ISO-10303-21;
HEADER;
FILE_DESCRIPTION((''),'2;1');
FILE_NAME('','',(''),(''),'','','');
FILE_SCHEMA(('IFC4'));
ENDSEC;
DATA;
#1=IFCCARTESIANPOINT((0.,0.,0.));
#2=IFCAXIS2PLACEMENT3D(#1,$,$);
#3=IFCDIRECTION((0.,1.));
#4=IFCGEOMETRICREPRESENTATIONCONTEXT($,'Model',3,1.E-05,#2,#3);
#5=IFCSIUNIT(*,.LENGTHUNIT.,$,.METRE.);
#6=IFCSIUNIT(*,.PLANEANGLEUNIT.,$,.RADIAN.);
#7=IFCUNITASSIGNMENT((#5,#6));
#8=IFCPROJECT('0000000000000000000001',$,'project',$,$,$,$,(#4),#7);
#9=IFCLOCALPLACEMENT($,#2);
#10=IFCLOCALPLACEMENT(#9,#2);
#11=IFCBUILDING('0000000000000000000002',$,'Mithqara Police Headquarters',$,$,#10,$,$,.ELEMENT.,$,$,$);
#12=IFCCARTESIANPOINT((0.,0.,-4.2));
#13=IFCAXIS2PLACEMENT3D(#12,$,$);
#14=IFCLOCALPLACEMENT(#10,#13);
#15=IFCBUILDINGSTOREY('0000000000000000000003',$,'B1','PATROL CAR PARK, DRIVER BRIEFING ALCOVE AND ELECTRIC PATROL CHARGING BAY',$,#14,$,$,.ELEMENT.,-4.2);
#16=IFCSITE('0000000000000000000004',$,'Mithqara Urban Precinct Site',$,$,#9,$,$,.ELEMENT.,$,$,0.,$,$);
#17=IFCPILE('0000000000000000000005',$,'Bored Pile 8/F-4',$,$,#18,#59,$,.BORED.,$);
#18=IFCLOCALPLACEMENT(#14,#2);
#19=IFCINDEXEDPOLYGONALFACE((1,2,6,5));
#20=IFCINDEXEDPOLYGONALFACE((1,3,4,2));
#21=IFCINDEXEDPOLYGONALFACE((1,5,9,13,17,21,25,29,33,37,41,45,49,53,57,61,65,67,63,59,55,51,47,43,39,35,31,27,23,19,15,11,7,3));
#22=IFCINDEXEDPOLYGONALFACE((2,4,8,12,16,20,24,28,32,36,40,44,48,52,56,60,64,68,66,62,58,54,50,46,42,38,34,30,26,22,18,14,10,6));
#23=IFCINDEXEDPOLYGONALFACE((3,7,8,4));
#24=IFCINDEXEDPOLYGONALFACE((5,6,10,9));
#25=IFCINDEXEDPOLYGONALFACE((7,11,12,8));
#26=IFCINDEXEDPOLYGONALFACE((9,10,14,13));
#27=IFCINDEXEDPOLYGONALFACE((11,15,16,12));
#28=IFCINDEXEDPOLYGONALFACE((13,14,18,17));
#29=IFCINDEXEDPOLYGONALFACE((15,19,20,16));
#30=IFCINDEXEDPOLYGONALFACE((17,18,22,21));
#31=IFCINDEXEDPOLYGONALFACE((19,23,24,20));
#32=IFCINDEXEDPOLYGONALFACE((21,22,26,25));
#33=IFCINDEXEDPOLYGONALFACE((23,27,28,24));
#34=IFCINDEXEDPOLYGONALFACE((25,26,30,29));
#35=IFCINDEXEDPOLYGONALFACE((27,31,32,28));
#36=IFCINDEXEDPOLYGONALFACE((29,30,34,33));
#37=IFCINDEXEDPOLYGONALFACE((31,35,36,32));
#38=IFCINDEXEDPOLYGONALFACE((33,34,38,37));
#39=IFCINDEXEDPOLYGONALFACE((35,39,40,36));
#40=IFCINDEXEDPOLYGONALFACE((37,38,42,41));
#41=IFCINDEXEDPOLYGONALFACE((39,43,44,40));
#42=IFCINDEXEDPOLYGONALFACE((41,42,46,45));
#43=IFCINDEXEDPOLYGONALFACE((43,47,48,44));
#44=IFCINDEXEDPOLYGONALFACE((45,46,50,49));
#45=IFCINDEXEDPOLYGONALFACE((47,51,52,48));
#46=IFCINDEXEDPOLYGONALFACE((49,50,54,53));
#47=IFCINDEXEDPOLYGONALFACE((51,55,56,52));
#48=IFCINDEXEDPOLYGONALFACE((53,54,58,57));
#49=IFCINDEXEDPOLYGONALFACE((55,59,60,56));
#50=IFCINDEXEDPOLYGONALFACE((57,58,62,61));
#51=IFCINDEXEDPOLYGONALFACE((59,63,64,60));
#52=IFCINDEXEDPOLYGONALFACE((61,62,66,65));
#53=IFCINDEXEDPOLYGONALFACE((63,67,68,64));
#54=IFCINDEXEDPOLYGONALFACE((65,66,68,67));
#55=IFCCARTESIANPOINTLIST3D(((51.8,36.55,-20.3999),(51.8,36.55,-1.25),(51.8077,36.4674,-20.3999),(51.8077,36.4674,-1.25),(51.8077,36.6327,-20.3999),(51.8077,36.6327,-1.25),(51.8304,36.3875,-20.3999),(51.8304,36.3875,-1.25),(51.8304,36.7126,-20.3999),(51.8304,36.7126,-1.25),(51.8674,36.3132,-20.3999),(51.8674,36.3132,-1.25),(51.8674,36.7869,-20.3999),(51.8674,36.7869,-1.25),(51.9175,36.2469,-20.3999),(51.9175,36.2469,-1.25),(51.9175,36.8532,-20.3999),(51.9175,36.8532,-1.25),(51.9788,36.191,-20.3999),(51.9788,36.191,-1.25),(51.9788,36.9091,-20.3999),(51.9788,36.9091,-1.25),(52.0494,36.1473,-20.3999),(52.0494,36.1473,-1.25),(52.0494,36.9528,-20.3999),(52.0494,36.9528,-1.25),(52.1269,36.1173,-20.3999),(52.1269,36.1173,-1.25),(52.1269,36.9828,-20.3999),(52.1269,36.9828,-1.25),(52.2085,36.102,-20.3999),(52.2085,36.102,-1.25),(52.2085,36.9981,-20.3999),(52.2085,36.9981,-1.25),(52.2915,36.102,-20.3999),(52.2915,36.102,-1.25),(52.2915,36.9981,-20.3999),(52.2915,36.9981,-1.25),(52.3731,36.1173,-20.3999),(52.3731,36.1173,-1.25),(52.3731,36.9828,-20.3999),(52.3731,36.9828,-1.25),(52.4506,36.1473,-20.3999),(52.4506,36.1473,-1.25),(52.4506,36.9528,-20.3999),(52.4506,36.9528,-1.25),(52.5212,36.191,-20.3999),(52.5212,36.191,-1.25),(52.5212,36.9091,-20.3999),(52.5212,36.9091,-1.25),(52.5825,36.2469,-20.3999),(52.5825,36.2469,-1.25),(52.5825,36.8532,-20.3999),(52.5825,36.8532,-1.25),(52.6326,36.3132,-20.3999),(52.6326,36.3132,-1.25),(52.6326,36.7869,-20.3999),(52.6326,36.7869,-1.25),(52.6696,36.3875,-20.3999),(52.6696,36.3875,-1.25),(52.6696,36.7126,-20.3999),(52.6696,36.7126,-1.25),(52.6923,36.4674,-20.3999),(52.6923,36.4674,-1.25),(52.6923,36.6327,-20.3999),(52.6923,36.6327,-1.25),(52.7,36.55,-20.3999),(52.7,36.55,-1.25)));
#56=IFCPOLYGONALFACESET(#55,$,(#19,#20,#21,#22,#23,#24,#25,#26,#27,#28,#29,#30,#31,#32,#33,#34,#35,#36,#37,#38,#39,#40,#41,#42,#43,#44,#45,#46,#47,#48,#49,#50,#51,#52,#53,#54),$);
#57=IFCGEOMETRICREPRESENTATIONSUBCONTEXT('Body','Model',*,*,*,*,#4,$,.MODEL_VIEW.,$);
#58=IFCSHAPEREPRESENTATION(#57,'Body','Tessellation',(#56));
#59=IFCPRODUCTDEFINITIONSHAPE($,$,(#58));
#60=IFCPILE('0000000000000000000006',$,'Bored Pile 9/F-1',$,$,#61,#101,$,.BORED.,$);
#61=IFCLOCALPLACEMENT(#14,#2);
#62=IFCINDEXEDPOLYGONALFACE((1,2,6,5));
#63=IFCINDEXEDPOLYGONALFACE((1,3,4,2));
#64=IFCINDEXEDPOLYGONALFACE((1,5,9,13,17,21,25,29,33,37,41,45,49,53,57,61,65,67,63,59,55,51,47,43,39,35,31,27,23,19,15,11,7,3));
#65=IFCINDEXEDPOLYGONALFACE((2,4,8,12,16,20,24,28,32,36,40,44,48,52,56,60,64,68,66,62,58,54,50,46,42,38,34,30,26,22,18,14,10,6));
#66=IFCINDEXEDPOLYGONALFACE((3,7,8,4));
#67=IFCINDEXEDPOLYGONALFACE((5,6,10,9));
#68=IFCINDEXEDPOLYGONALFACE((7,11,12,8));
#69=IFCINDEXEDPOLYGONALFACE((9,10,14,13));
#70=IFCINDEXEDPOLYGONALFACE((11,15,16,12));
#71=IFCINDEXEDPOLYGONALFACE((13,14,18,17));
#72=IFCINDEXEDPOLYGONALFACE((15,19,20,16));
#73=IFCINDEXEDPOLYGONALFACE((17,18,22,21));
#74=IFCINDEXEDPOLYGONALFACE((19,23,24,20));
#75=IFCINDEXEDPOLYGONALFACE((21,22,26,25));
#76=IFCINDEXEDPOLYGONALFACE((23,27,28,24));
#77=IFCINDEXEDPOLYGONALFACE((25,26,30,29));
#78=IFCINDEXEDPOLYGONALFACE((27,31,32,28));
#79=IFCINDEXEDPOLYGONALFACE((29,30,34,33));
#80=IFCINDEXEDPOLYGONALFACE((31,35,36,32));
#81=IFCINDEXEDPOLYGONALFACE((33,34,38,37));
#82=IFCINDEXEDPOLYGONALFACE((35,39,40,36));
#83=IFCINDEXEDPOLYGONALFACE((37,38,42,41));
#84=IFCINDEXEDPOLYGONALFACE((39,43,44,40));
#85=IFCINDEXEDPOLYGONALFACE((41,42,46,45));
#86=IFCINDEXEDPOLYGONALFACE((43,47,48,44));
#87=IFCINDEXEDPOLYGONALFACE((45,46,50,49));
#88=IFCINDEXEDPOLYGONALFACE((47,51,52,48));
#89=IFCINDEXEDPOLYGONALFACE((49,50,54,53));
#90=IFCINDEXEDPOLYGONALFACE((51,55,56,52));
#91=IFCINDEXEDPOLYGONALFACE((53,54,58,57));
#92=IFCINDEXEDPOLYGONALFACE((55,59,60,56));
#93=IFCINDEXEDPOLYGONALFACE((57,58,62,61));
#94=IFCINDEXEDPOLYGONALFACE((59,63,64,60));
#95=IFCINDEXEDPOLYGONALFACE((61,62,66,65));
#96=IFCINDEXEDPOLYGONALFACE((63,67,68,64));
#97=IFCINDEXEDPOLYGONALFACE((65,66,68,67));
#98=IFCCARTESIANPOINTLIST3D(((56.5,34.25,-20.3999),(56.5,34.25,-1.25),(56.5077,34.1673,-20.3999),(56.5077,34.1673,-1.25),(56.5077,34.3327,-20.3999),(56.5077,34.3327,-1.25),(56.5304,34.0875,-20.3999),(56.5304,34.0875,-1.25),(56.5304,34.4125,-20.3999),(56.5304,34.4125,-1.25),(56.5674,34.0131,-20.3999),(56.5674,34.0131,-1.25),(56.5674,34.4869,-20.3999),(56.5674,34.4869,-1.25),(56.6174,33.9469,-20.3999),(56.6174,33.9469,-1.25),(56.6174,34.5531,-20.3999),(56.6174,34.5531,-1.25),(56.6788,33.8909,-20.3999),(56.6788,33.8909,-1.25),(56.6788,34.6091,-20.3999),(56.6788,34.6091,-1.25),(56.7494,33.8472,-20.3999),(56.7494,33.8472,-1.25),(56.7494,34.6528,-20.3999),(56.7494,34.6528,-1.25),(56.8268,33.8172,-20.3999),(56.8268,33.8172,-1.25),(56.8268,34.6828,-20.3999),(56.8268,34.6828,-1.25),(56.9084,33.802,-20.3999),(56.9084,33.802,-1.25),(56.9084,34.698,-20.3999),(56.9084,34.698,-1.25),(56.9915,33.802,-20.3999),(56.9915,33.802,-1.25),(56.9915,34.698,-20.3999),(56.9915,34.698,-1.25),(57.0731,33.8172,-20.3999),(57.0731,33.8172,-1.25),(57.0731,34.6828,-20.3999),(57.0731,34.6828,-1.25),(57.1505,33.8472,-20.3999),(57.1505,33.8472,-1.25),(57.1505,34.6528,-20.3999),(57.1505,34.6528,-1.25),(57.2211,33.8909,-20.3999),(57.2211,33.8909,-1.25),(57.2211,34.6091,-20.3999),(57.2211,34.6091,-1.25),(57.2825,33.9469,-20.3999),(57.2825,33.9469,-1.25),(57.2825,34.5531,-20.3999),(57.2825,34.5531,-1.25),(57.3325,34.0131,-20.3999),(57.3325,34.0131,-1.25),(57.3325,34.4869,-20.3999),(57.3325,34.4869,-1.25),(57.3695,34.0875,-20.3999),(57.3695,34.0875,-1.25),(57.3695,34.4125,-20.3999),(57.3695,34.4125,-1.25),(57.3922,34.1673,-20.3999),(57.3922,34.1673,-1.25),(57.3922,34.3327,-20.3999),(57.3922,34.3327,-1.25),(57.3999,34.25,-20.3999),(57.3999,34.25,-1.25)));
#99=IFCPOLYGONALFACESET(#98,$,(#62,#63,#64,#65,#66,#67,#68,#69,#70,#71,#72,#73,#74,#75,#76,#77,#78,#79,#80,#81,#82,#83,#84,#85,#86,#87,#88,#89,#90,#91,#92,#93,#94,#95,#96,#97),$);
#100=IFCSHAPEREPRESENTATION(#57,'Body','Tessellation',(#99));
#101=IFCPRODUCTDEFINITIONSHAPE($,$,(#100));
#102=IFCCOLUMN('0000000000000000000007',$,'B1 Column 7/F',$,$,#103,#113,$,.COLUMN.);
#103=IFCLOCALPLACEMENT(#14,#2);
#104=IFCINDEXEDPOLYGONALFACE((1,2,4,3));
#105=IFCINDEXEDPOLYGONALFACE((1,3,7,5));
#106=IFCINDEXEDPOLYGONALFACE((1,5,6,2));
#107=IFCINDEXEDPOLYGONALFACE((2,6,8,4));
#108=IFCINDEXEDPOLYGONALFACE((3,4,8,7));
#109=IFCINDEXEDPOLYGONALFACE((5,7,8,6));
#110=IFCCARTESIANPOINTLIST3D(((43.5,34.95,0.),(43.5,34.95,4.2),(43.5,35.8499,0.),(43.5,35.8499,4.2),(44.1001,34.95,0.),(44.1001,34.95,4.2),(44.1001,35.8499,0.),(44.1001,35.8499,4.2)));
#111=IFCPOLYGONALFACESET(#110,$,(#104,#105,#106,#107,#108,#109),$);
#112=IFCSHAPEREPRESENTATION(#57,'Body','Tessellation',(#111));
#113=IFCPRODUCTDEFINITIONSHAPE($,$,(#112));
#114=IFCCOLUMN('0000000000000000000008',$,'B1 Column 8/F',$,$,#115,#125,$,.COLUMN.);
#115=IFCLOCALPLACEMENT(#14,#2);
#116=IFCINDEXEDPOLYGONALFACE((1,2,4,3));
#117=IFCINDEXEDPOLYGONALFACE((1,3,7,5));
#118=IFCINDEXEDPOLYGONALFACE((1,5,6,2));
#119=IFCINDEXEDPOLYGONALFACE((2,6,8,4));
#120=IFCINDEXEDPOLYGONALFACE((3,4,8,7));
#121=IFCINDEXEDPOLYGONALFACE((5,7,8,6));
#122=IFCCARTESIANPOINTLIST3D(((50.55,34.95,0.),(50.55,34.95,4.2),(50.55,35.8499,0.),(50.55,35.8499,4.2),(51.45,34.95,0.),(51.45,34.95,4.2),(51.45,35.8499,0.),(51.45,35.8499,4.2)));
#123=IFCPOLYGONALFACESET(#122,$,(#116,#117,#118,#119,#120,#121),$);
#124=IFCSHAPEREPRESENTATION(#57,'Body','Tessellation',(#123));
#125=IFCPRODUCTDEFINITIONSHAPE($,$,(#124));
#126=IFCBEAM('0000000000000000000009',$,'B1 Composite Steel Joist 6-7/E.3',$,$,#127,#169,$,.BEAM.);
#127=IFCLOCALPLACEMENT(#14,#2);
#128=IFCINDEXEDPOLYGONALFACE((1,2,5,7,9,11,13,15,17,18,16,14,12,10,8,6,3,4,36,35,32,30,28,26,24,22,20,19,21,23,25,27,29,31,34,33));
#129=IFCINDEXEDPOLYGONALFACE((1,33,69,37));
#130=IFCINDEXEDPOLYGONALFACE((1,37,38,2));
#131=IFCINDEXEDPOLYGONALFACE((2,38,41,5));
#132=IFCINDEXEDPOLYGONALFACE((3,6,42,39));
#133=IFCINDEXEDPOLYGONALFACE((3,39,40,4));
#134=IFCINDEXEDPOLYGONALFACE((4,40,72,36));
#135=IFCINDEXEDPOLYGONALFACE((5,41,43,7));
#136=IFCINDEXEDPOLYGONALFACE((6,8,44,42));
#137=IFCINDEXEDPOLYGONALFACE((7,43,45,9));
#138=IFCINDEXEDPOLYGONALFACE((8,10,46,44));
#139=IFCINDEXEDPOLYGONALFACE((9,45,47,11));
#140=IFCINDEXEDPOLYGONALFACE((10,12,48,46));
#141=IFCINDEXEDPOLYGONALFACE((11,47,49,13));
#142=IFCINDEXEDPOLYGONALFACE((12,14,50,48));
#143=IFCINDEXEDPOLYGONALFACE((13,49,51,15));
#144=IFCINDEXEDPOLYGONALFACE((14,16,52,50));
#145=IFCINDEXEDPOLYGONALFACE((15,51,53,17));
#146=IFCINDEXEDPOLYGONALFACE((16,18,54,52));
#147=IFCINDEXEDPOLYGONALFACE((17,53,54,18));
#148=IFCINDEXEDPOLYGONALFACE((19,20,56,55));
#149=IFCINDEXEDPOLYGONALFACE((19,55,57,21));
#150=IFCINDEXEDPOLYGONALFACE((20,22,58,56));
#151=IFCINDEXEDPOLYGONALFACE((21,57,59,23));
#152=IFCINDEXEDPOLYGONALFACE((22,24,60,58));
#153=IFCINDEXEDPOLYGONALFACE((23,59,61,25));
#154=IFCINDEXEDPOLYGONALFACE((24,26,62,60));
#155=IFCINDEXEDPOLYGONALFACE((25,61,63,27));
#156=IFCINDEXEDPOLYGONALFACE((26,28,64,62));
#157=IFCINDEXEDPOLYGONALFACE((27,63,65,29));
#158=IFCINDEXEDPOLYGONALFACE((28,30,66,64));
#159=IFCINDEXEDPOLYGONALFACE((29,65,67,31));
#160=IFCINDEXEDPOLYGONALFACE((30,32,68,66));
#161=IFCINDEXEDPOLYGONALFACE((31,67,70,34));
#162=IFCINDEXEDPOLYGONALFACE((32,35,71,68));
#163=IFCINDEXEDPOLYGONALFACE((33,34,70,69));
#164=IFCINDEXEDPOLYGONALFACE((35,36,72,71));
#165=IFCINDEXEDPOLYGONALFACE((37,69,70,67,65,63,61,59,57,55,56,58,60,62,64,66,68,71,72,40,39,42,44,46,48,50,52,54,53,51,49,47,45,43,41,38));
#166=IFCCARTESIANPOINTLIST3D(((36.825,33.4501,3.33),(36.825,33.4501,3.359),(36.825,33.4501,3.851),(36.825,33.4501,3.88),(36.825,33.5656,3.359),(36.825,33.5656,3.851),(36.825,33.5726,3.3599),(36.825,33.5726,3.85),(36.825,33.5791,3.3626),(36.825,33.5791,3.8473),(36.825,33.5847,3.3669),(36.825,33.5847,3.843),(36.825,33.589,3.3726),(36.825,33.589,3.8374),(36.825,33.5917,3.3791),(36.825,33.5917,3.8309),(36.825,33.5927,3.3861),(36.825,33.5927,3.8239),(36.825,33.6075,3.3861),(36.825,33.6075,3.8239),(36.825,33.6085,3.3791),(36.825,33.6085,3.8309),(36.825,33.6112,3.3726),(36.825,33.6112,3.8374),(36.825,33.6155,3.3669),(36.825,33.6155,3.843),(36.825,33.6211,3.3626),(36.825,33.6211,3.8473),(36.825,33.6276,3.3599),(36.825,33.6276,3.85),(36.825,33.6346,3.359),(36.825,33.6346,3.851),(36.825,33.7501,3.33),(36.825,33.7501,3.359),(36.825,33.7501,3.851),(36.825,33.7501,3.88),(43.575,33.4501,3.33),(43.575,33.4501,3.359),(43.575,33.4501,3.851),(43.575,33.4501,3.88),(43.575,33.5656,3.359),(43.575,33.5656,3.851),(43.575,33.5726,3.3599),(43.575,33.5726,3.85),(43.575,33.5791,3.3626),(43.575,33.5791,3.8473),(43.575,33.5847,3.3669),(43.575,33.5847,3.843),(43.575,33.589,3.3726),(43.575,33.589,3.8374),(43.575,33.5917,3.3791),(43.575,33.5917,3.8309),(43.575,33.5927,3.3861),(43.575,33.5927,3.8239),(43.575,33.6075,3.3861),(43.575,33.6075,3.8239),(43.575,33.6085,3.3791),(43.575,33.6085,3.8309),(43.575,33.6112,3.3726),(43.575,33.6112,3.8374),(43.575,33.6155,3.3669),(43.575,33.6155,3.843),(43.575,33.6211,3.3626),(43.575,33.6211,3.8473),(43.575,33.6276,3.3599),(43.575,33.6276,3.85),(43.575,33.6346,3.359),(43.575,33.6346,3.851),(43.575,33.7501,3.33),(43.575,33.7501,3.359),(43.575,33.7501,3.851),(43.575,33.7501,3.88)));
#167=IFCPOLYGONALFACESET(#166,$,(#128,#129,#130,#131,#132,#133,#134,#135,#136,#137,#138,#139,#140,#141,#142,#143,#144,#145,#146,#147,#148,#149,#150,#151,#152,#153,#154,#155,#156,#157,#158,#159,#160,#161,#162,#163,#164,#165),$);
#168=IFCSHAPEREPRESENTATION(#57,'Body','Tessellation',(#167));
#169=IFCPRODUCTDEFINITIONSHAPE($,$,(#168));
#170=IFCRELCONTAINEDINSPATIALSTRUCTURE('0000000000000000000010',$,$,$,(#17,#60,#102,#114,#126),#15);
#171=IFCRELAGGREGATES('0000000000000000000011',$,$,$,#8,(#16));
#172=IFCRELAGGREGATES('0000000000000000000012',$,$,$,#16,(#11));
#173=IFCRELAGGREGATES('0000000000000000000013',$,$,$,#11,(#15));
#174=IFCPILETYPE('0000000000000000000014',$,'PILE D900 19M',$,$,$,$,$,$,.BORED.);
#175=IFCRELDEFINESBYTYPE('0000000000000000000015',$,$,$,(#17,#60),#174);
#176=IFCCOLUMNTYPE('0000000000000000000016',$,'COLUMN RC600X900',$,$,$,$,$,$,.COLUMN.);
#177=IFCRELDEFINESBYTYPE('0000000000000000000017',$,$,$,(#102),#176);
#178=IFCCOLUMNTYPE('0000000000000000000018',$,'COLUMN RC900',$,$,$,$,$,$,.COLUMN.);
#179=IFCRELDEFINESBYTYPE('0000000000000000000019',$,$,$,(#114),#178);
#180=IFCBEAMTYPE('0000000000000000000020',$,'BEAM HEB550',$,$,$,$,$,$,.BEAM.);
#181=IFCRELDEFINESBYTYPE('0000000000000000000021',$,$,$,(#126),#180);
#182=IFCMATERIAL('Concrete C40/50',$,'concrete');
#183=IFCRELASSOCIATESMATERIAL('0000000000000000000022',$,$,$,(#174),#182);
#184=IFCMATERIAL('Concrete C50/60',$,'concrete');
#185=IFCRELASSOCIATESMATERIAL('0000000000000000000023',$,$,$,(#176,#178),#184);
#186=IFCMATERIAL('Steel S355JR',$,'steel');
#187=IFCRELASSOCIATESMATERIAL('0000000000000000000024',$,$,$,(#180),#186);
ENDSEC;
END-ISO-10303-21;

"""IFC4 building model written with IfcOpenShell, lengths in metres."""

from ifc_helpers import new_model, si_unit, direction, frame, origin, origin_2d, place, context, subcontext, project, spatial, rectangle, circle, i_section, extrude, material, material_profile, profile_set, type_object, element, save


model = new_model("IFC4")

# Units and contexts
model_context = context("Model", 3, precision=1e-05, world=origin(), true_north=direction((0.0, 1.0)))
body_context = subcontext(model_context, "Body", "Model", "MODEL_VIEW")
ifc_project = project(units=[si_unit("LENGTHUNIT", "METRE"), si_unit("PLANEANGLEUNIT", "RADIAN")], contexts=[model_context])

# Site, building, storey
site_placement = place(None, origin())
site = spatial("IfcSite", under=ifc_project, at=site_placement, Name="Mithqara Urban Precinct Site", CompositionType="ELEMENT", RefElevation=0.0)
building_placement = place(site_placement, origin())
building = spatial("IfcBuilding", under=site, at=building_placement, Name="Mithqara Police Headquarters", CompositionType="ELEMENT")
storey_placement = place(building_placement, frame((0.0, 0.0, -4.2)))
storey = spatial("IfcBuildingStorey", under=building, at=storey_placement, Name="B1", Description="PATROL CAR PARK, DRIVER BRIEFING ALCOVE AND ELECTRIC PATROL CHARGING BAY", CompositionType="ELEMENT", Elevation=-4.2)

# Shared definitions
ifc_material_1 = material(Name="Concrete C40/50", Category="concrete")

# Piles
ifc_material_profile_1 = material_profile(ifc_material_1, circle(Radius=0.45, at=origin_2d()), Name="PILE D900")
ifc_profile_set_1 = profile_set([ifc_material_profile_1], Name="Concrete C40/50")
pile_type = type_object("IfcPileType", Name="PILE D900 19M", PredefinedType="BORED", material=ifc_profile_set_1)
for number, where, z_axis, x_axis, name in (
    (1, (52.25, 36.55, -1.25), (0.0, 0.0, -1.0), (1.0, 0.0, 0.0), "Bored Pile 8/F-4"),
    (2, (56.95, 34.25, -1.25), (0.0, 0.0, -1.0), (1.0, 0.0, 0.0), "Bored Pile 9/F-1"),
):
    element("IfcPile", number, at=place(storey_placement, frame(where, z_axis=z_axis, x_axis=x_axis)), inside=storey, type_object=pile_type, Name=name, PredefinedType="BORED", context=body_context, shape_type="SweptSolid", body=[
        extrude(circle(Radius=0.45, at=origin_2d()), origin(), (0.0, 0.0, 1.0), 19.1499),
    ])

# Columns
ifc_material_2 = material(Name="Concrete C50/60", Category="concrete")
ifc_material_profile_2 = material_profile(ifc_material_2, rectangle(XDim=0.6001, YDim=0.8999, at=origin_2d()), Name="RC 600x900")
ifc_profile_set_2 = profile_set([ifc_material_profile_2], Name="Concrete C50/60")
column_type_1 = type_object("IfcColumnType", Name="COLUMN RC600X900", PredefinedType="COLUMN", material=ifc_profile_set_2)
column_1_placement = place(storey_placement, frame((43.8, 35.3999, 0.0), z_axis=(0.0, 0.0, 1.0), x_axis=(1.0, 0.0, 0.0)))
element("IfcColumn", 3, at=column_1_placement, inside=storey, type_object=column_type_1, Name="B1 Column 7/F", PredefinedType="COLUMN", context=body_context, shape_type="SweptSolid", body=[
    extrude(rectangle(XDim=0.6001, YDim=0.8999, at=origin_2d()), origin(), (0.0, 0.0, 1.0), 4.2),
])
ifc_material_profile_3 = material_profile(ifc_material_2, rectangle(XDim=0.8999, YDim=0.8999, at=origin_2d()), Name="RC 900x900")
ifc_profile_set_3 = profile_set([ifc_material_profile_3], Name="Concrete C50/60")
column_type_2 = type_object("IfcColumnType", Name="COLUMN RC900", PredefinedType="COLUMN", material=ifc_profile_set_3)
column_2_placement = place(storey_placement, frame((51.0, 35.3999, 0.0), z_axis=(0.0, 0.0, 1.0), x_axis=(1.0, 0.0, 0.0)))
element("IfcColumn", 4, at=column_2_placement, inside=storey, type_object=column_type_2, Name="B1 Column 8/F", PredefinedType="COLUMN", context=body_context, shape_type="SweptSolid", body=[
    extrude(rectangle(XDim=0.8999, YDim=0.8999, at=origin_2d()), origin(), (0.0, 0.0, 1.0), 4.2),
])

# Beam
ifc_material_3 = material(Name="Steel S355JR", Category="steel")
ifc_material_profile_4 = material_profile(ifc_material_3, i_section(OverallWidth=0.3, OverallDepth=0.55, WebThickness=0.0149, FlangeThickness=0.0291, FilletRadius=0.0271, at=origin_2d()), Name="HEB 550")
ifc_profile_set_4 = profile_set([ifc_material_profile_4], Name="Steel S355JR")
beam_type_1 = type_object("IfcBeamType", Name="BEAM HEB550", PredefinedType="BEAM", material=ifc_profile_set_4)
beam_1_placement = place(storey_placement, frame((36.825, 33.6001, 3.605), z_axis=(1.0, 0.0, 0.0), x_axis=(0.0, 1.0, 0.0)))
element("IfcBeam", 5, at=beam_1_placement, inside=storey, type_object=beam_type_1, Name="B1 Composite Steel Joist 6-7/E.3", PredefinedType="BEAM", context=body_context, shape_type="SweptSolid", body=[
    extrude(i_section(OverallWidth=0.3, OverallDepth=0.55, WebThickness=0.0149, FlangeThickness=0.0291, FilletRadius=0.0271, at=origin_2d()), origin(), (0.0, 0.0, 1.0), 6.75),
])

save(model, "model.ifc")
